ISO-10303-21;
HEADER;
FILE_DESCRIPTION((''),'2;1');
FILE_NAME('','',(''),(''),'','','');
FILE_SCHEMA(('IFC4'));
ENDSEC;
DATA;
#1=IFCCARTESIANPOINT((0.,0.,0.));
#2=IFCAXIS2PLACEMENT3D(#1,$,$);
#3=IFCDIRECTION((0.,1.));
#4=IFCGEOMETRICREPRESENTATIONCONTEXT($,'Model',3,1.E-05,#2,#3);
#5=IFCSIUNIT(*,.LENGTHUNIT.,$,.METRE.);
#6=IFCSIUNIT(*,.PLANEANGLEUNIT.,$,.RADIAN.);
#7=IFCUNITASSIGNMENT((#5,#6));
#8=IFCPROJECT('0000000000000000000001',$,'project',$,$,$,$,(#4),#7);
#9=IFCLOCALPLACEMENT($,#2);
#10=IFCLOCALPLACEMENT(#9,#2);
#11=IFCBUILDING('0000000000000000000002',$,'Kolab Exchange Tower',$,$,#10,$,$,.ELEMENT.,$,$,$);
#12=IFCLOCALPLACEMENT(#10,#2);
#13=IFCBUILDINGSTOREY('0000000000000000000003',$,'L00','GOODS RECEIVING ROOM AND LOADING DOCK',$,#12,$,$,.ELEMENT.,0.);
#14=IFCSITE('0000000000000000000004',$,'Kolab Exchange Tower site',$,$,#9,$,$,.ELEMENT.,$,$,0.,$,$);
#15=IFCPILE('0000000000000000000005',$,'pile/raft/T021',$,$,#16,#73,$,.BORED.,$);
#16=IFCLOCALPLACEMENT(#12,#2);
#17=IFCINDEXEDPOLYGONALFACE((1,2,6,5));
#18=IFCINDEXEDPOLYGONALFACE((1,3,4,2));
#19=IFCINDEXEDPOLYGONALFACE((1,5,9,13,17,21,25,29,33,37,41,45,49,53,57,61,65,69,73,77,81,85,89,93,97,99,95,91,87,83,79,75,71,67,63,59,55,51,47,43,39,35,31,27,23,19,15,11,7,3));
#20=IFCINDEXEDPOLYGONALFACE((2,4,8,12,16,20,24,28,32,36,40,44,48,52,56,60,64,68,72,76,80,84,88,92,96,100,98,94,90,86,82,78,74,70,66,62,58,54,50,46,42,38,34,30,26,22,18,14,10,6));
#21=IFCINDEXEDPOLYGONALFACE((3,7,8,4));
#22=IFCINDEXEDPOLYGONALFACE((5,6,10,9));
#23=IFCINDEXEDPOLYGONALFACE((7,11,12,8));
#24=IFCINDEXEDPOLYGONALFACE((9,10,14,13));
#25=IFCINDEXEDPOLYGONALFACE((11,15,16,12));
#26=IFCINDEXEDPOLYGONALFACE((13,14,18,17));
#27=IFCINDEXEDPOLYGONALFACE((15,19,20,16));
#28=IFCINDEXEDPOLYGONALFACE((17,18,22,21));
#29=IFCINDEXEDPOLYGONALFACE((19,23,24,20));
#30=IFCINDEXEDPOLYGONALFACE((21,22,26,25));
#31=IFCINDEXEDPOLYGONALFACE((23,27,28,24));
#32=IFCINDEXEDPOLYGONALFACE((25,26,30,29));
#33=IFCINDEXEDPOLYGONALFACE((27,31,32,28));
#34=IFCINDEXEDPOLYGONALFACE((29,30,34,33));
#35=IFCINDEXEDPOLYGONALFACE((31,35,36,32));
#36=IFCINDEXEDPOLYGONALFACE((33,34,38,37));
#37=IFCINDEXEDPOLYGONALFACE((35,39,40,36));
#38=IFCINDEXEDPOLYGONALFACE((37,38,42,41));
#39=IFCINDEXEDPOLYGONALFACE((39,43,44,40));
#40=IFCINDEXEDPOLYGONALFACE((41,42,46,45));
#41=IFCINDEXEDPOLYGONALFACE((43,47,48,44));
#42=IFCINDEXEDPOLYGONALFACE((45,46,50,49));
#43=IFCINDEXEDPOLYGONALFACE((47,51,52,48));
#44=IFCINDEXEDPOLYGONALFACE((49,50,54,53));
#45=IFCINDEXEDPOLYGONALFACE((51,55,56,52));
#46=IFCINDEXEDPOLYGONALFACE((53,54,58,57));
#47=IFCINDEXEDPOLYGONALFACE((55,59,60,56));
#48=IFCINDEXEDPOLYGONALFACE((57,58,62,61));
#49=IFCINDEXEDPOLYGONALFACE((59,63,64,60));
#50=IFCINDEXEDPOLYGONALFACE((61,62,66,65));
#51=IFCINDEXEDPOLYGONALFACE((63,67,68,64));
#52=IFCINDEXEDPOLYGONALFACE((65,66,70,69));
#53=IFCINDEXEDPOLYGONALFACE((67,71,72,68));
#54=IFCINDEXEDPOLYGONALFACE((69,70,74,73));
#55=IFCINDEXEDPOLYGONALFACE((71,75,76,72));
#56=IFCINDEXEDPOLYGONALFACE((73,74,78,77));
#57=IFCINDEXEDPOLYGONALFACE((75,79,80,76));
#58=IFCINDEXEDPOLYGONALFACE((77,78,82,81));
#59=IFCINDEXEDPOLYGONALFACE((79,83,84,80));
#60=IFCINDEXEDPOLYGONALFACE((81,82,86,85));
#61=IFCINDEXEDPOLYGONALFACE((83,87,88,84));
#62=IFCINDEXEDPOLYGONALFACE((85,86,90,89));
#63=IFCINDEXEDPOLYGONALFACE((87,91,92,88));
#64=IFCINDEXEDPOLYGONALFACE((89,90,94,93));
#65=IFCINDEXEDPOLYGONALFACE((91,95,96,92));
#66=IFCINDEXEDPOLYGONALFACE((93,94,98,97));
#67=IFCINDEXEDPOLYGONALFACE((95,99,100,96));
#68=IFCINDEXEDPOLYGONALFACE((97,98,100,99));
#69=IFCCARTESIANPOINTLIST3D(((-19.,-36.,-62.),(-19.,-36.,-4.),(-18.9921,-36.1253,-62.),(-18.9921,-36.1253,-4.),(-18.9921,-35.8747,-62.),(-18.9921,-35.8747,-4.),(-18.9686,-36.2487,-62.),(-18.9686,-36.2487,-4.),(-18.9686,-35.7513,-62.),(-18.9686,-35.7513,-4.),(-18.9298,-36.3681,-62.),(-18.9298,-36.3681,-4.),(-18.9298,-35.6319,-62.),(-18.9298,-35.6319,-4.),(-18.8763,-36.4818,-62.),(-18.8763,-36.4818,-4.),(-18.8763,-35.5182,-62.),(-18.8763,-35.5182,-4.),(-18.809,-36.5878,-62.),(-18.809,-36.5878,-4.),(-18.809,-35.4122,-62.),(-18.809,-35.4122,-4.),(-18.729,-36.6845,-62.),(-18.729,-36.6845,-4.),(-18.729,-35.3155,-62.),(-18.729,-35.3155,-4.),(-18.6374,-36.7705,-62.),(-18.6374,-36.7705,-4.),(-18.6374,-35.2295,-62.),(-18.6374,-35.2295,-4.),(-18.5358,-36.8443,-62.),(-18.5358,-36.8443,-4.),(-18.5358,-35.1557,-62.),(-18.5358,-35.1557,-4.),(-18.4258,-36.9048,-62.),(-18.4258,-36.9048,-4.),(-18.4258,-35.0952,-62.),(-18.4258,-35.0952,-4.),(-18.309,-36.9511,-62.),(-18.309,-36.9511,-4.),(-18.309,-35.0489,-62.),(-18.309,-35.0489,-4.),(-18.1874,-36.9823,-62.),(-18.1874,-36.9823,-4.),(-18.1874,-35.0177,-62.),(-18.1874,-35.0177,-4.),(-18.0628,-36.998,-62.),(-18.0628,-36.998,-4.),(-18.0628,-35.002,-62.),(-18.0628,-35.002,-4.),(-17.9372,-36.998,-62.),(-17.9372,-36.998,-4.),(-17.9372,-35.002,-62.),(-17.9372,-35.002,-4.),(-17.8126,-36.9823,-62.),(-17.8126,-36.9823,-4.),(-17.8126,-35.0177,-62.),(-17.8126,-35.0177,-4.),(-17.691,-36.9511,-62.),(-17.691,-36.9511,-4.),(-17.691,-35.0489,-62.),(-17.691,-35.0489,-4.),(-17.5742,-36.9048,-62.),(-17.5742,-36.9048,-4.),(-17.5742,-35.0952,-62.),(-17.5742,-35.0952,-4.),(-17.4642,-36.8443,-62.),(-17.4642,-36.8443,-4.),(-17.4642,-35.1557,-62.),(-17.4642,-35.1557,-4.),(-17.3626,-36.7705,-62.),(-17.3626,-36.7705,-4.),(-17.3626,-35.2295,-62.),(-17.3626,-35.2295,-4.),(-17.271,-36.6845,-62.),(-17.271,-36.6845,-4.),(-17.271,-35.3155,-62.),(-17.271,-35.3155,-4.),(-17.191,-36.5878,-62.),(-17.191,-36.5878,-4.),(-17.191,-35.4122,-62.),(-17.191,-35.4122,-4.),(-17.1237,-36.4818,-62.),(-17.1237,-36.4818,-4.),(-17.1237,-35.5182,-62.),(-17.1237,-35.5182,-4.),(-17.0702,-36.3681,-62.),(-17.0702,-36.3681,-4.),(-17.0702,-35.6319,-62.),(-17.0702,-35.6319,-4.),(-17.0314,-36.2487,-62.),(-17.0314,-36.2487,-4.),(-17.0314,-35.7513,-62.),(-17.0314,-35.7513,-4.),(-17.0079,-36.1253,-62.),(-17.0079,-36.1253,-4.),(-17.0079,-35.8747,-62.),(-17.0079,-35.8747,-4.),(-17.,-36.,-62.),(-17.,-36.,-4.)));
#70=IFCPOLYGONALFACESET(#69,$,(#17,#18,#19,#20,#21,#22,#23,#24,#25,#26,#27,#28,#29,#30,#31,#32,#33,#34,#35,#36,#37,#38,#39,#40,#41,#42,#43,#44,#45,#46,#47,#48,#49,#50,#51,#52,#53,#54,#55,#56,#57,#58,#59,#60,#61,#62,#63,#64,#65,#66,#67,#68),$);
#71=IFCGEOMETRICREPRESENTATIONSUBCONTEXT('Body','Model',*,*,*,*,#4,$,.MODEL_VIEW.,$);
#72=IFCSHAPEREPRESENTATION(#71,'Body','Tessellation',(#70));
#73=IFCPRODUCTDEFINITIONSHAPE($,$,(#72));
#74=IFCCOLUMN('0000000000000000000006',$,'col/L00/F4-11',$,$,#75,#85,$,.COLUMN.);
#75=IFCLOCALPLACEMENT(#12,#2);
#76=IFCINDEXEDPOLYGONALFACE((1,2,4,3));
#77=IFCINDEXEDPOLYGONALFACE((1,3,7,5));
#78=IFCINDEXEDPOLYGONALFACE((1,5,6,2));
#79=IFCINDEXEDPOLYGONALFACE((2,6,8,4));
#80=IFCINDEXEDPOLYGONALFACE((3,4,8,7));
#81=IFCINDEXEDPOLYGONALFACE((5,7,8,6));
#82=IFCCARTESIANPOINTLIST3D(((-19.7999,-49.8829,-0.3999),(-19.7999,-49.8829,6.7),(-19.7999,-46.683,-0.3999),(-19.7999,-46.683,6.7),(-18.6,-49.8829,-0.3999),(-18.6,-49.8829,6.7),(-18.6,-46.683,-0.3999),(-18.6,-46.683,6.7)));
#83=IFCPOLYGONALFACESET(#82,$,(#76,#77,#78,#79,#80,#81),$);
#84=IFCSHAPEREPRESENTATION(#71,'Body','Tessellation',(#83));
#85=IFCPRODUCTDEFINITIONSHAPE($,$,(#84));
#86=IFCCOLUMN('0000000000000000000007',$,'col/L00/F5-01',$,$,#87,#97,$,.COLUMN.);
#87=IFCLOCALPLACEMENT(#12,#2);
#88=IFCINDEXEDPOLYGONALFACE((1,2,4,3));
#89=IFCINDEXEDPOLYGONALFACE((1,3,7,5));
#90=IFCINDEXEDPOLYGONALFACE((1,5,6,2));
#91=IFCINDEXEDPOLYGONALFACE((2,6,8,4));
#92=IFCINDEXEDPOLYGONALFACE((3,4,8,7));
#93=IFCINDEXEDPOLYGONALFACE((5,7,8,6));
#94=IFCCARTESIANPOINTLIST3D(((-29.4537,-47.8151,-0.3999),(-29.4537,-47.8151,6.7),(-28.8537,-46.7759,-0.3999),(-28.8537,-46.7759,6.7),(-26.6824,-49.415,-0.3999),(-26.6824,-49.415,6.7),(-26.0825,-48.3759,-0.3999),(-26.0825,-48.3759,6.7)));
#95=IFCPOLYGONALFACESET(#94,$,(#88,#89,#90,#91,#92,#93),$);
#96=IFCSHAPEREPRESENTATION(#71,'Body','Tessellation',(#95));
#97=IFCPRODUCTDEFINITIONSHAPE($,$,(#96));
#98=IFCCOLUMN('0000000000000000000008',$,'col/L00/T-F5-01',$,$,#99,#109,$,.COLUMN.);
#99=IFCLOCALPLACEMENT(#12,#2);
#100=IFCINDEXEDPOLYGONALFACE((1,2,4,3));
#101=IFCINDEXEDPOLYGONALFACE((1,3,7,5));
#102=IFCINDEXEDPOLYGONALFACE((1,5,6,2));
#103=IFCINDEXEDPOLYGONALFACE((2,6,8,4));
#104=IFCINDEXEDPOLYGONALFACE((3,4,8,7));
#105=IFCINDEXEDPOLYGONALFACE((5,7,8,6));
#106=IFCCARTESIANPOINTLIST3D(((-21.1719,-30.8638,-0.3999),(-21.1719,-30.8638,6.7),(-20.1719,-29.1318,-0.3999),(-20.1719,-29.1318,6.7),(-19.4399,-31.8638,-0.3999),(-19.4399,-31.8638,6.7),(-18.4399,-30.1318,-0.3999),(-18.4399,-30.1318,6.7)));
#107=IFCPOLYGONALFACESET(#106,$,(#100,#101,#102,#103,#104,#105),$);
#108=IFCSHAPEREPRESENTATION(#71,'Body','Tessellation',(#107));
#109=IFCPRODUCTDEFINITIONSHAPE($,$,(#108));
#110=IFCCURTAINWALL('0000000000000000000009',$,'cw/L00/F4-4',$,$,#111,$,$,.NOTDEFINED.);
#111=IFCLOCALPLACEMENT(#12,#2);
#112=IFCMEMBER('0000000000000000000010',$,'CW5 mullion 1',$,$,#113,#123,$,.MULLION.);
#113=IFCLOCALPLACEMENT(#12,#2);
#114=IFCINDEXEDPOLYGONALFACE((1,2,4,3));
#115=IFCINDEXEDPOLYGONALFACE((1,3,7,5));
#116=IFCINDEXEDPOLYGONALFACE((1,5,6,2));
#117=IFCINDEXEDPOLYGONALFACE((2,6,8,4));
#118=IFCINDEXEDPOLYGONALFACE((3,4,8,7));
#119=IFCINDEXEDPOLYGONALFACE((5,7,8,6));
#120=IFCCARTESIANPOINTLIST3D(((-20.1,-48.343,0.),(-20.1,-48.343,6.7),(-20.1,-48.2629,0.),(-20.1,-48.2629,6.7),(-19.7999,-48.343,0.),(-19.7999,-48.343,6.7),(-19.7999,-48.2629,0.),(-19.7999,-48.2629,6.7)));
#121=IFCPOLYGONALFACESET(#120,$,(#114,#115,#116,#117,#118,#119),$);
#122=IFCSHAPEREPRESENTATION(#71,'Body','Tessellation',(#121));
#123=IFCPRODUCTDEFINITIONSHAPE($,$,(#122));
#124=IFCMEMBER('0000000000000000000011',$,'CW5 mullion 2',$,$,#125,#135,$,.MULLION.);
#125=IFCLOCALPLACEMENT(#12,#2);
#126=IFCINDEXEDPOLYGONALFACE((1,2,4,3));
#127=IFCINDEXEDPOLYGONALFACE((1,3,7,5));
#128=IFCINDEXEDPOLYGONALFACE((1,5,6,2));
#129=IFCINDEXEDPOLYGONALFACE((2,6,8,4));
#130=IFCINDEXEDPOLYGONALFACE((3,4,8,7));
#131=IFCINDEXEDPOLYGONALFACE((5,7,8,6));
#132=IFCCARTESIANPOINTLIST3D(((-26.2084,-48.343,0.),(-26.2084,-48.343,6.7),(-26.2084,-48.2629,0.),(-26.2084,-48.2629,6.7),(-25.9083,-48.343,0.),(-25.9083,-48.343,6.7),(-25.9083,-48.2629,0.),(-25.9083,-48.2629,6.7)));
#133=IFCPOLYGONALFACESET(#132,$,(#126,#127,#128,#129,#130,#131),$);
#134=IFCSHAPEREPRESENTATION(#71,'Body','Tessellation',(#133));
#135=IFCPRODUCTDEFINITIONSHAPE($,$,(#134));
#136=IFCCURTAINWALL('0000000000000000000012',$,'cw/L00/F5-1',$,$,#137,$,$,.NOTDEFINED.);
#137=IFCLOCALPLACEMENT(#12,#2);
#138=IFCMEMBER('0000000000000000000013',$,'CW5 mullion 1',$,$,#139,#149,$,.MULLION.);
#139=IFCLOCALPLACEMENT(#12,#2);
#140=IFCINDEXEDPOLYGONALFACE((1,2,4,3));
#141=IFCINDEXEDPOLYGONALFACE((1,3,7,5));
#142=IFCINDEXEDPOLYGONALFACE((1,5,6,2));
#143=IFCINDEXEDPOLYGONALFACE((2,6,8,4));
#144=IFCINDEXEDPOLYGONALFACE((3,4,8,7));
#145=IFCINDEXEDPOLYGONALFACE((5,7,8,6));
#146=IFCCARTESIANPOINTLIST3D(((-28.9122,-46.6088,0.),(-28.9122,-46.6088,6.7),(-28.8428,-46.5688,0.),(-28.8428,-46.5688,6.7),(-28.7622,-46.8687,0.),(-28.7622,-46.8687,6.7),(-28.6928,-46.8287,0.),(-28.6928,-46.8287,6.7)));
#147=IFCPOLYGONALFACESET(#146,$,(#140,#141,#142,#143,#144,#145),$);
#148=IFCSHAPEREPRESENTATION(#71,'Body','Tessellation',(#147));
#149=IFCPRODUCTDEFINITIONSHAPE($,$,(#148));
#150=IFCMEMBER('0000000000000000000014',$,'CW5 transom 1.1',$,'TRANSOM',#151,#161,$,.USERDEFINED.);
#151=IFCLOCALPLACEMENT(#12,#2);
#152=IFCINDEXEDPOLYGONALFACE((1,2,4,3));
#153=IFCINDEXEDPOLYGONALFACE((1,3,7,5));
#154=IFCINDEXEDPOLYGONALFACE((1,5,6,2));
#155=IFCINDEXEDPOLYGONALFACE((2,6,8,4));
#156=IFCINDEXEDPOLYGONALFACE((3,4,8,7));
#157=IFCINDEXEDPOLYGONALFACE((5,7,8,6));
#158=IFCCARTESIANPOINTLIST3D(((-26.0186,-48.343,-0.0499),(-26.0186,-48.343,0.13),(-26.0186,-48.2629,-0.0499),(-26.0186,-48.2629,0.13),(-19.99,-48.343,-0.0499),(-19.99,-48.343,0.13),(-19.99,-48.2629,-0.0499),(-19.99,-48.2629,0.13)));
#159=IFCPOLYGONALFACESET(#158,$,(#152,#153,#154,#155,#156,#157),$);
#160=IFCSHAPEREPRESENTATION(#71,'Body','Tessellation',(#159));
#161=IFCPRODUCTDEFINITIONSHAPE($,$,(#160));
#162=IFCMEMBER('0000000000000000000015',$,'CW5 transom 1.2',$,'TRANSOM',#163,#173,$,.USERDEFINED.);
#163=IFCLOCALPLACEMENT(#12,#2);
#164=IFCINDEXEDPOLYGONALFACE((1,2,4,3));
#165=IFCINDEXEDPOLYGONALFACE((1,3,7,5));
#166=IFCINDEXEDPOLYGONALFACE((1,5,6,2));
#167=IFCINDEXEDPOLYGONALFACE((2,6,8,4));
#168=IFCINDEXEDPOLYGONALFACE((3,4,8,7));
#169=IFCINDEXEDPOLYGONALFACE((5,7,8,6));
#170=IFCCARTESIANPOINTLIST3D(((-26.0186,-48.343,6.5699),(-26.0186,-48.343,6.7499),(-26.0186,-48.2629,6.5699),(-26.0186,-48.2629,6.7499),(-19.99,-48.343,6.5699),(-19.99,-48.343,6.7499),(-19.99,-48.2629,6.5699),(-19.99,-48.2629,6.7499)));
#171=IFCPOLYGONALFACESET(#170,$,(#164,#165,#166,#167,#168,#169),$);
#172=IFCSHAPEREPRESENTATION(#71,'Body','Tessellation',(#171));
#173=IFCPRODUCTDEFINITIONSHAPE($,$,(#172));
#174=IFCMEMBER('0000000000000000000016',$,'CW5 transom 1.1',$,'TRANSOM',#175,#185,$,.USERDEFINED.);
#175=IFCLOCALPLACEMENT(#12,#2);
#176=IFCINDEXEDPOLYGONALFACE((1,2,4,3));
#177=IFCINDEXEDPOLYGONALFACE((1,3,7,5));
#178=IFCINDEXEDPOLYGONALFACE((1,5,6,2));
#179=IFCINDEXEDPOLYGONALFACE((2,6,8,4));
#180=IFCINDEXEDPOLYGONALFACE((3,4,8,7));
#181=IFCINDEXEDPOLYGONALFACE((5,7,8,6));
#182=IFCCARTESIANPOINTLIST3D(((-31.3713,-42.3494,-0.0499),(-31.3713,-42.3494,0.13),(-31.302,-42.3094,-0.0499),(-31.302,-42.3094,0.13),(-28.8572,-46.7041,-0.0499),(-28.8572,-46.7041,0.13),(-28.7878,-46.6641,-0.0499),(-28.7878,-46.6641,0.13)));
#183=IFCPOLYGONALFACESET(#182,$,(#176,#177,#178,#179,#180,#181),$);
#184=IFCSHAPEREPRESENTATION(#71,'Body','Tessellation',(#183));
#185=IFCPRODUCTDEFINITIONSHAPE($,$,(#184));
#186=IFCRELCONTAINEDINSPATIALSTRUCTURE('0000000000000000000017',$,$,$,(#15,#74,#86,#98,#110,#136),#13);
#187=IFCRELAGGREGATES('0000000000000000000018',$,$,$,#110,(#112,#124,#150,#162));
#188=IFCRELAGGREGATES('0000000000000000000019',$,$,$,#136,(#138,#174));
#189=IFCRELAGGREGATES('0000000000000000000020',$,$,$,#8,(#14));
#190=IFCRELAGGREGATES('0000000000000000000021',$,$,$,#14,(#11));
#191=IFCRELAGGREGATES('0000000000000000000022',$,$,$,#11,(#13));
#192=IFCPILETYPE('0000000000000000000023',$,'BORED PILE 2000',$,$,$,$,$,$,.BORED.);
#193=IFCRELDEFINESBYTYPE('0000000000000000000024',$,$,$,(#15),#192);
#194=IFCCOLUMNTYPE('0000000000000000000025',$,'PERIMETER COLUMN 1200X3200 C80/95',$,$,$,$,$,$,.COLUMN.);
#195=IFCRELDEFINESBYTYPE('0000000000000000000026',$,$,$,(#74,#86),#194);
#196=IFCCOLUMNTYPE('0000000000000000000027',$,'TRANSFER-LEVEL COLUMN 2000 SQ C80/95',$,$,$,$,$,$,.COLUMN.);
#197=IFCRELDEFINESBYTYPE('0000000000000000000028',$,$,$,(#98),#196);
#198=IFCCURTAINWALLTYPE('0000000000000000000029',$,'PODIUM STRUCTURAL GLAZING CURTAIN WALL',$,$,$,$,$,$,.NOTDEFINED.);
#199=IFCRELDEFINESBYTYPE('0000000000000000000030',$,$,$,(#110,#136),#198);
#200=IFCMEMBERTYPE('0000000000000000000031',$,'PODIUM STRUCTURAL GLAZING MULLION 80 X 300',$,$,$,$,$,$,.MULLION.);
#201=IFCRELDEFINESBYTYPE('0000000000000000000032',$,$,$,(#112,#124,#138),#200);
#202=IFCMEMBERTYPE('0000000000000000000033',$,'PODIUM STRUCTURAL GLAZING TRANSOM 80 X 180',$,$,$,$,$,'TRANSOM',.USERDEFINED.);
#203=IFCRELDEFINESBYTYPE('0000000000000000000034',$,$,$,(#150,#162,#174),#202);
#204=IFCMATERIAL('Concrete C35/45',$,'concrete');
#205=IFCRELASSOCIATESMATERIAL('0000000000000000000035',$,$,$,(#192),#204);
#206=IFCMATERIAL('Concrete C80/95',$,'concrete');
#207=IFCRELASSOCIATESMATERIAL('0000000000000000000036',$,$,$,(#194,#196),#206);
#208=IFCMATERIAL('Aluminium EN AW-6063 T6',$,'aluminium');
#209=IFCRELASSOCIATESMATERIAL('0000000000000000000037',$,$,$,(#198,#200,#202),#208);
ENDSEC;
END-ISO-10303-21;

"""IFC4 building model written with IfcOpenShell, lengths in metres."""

from ifc_helpers import new_model, si_unit, direction, frame, origin, origin_2d, place, context, subcontext, project, spatial, rectangle, circle, extrude, material, material_profile, profile_set, type_object, element, aggregate, save


model = new_model("IFC4")

# Units and contexts
model_context = context("Model", 3, precision=1e-05, world=origin(), true_north=direction((0.0, 1.0)))
body_context = subcontext(model_context, "Body", "Model", "MODEL_VIEW")
ifc_project = project(units=[si_unit("LENGTHUNIT", "METRE"), si_unit("PLANEANGLEUNIT", "RADIAN")], contexts=[model_context])

# Site, building, storey
site_placement = place(None, origin())
site = spatial("IfcSite", under=ifc_project, at=site_placement, Name="Kolab Exchange Tower site", CompositionType="ELEMENT", RefElevation=0.0)
building_placement = place(site_placement, origin())
building = spatial("IfcBuilding", under=site, at=building_placement, Name="Kolab Exchange Tower", CompositionType="ELEMENT")
storey_placement = place(building_placement, origin())
storey = spatial("IfcBuildingStorey", under=building, at=storey_placement, Name="L00", Description="GOODS RECEIVING ROOM AND LOADING DOCK", CompositionType="ELEMENT", Elevation=0.0)

# Pile
ifc_material_1 = material(Name="Concrete C35/45", Category="concrete")
ifc_material_profile_1 = material_profile(ifc_material_1, circle(Radius=1.0, at=origin_2d()), Name="BP2000")
ifc_profile_set_1 = profile_set([ifc_material_profile_1], Name="Concrete C35/45")
pile_type_1 = type_object("IfcPileType", Name="BORED PILE 2000", PredefinedType="BORED", material=ifc_profile_set_1)
for number, where, z_axis, x_axis, name in (
    (1, (-18.0, -36.0, -4.0), (0.0, 0.0, -1.0), (1.0, 0.0, 0.0), "pile/raft/T021"),
):
    element("IfcPile", number, at=place(storey_placement, frame(where, z_axis=z_axis, x_axis=x_axis)), inside=storey, type_object=pile_type_1, Name=name, PredefinedType="BORED", context=body_context, shape_type="SweptSolid", body=[
        extrude(circle(Radius=1.0, at=origin_2d()), origin(), (0.0, 0.0, 1.0), 58.0),
    ])

# Columns
ifc_material_2 = material(Name="Concrete C80/95", Category="concrete")
ifc_material_profile_2 = material_profile(ifc_material_2, rectangle(XDim=1.2, YDim=3.2, at=origin_2d()), Name="RC1200X3200")
ifc_profile_set_2 = profile_set([ifc_material_profile_2], Name="Concrete C80/95")
column_type_1 = type_object("IfcColumnType", Name="PERIMETER COLUMN 1200X3200 C80/95", PredefinedType="COLUMN", material=ifc_profile_set_2)
for number, where, z_axis, x_axis, name in (
    (2, (-19.2, -48.283, -0.3999), (0.0, 0.0, 1.0), (1.0, 0.0, 0.0), "col/L00/F4-11"),
    (3, (-27.7681, -48.0955, -0.3999), (0.0, 0.0, 1.0), (0.5, 0.866025, 0.0), "col/L00/F5-01"),
):
    element("IfcColumn", number, at=place(storey_placement, frame(where, z_axis=z_axis, x_axis=x_axis)), inside=storey, type_object=column_type_1, Name=name, PredefinedType="COLUMN", context=body_context, shape_type="SweptSolid", body=[
        extrude(rectangle(XDim=1.2, YDim=3.2, at=origin_2d()), origin(), (0.0, 0.0, 1.0), 7.0999),
    ])
ifc_material_profile_3 = material_profile(ifc_material_2, rectangle(XDim=2.0, YDim=2.0, at=origin_2d()), Name="RC2000")
ifc_profile_set_3 = profile_set([ifc_material_profile_3], Name="Concrete C80/95")
column_type_2 = type_object("IfcColumnType", Name="TRANSFER-LEVEL COLUMN 2000 SQ C80/95", PredefinedType="COLUMN", material=ifc_profile_set_3)
column_placement = place(storey_placement, frame((-19.8059, -30.4978, -0.3999), z_axis=(0.0, 0.0, 1.0), x_axis=(0.5, 0.866025, 0.0)))
element("IfcColumn", 4, at=column_placement, inside=storey, type_object=column_type_2, Name="col/L00/T-F5-01", PredefinedType="COLUMN", context=body_context, shape_type="SweptSolid", body=[
    extrude(rectangle(XDim=2.0, YDim=2.0, at=origin_2d()), origin(), (0.0, 0.0, 1.0), 7.0999),
])

# Curtain wall, members
ifc_material_3 = material(Name="Aluminium EN AW-6063 T6", Category="aluminium")
curtain_wall_type = type_object("IfcCurtainWallType", Name="PODIUM STRUCTURAL GLAZING CURTAIN WALL", PredefinedType="NOTDEFINED", material=ifc_material_3)
curtain_wall_1_placement = place(storey_placement, origin())
curtain_wall_1 = element("IfcCurtainWall", 5, at=curtain_wall_1_placement, inside=storey, type_object=curtain_wall_type, Name="cw/L00/F4-4", PredefinedType="NOTDEFINED")
ifc_material_profile_4 = material_profile(ifc_material_3, rectangle(XDim=0.0801, YDim=0.3, at=origin_2d()), Name="RECT 80X300")
ifc_profile_set_4 = profile_set([ifc_material_profile_4], Name="Aluminium EN AW-6063 T6")
member_type_1 = type_object("IfcMemberType", Name="PODIUM STRUCTURAL GLAZING MULLION 80 X 300", PredefinedType="MULLION", material=ifc_profile_set_4)
member_1_placement = place(storey_placement, frame((-19.95, -48.303, 0.0), z_axis=(0.0, 0.0, 1.0), x_axis=(0.0, -1.0, 0.0)))
member_1 = element("IfcMember", 6, at=member_1_placement, type_object=member_type_1, Name="CW5 mullion 1", PredefinedType="MULLION", context=body_context, shape_type="SweptSolid", body=[
    extrude(rectangle(XDim=0.0801, YDim=0.3, at=origin_2d()), origin(), (0.0, 0.0, 1.0), 6.7),
])
member_2_placement = place(storey_placement, frame((-26.0583, -48.303, 0.0), z_axis=(0.0, 0.0, 1.0), x_axis=(0.0, -1.0, 0.0)))
member_2 = element("IfcMember", 7, at=member_2_placement, type_object=member_type_1, Name="CW5 mullion 2", PredefinedType="MULLION", context=body_context, shape_type="SweptSolid", body=[
    extrude(rectangle(XDim=0.0801, YDim=0.3, at=origin_2d()), origin(), (0.0, 0.0, 1.0), 6.7),
])

# Curtain wall, member
curtain_wall_2_placement = place(storey_placement, origin())
curtain_wall_2 = element("IfcCurtainWall", 8, at=curtain_wall_2_placement, inside=storey, type_object=curtain_wall_type, Name="cw/L00/F5-1", PredefinedType="NOTDEFINED")
member_3_placement = place(storey_placement, frame((-28.8025, -46.7188, 0.0), z_axis=(0.0, 0.0, 1.0), x_axis=(-0.866025, -0.5, 0.0)))
member_3 = element("IfcMember", 9, at=member_3_placement, type_object=member_type_1, Name="CW5 mullion 1", PredefinedType="MULLION", context=body_context, shape_type="SweptSolid", body=[
    extrude(rectangle(XDim=0.0801, YDim=0.3, at=origin_2d()), origin(), (0.0, 0.0, 1.0), 6.7),
])

# Members
ifc_material_profile_5 = material_profile(ifc_material_3, rectangle(XDim=0.0801, YDim=0.1799, at=origin_2d()), Name="RECT 80X180")
ifc_profile_set_5 = profile_set([ifc_material_profile_5], Name="Aluminium EN AW-6063 T6")
member_type_2 = type_object("IfcMemberType", Name="PODIUM STRUCTURAL GLAZING TRANSOM 80 X 180", ElementType="TRANSOM", PredefinedType="USERDEFINED", material=ifc_profile_set_5)
member_4_placement = place(storey_placement, frame((-19.99, -48.303, 0.04), z_axis=(-1.0, 0.0, 0.0), x_axis=(0.0, -1.0, 0.0)))
member_4 = element("IfcMember", 10, at=member_4_placement, type_object=member_type_2, Name="CW5 transom 1.1", ObjectType="TRANSOM", PredefinedType="USERDEFINED", context=body_context, shape_type="SweptSolid", body=[
    extrude(rectangle(XDim=0.0801, YDim=0.1799, at=origin_2d()), origin(), (0.0, 0.0, 1.0), 6.0286),
])
member_5_placement = place(storey_placement, frame((-19.99, -48.303, 6.6599), z_axis=(-1.0, 0.0, 0.0), x_axis=(0.0, -1.0, 0.0)))
member_5 = element("IfcMember", 11, at=member_5_placement, type_object=member_type_2, Name="CW5 transom 1.2", ObjectType="TRANSOM", PredefinedType="USERDEFINED", context=body_context, shape_type="SweptSolid", body=[
    extrude(rectangle(XDim=0.0801, YDim=0.1799, at=origin_2d()), origin(), (0.0, 0.0, 1.0), 6.0286),
])
member_6_placement = place(storey_placement, frame((-28.8225, -46.6841, 0.04), z_axis=(-0.499993, 0.86603, 0.0), x_axis=(-0.86603, -0.499993, 0.0)))
member_6 = element("IfcMember", 12, at=member_6_placement, type_object=member_type_2, Name="CW5 transom 1.1", ObjectType="TRANSOM", PredefinedType="USERDEFINED", context=body_context, shape_type="SweptSolid", body=[
    extrude(rectangle(XDim=0.0801, YDim=0.1799, at=origin_2d()), origin(), (0.0, 0.0, 1.0), 5.0283),
])

aggregate(curtain_wall_1, [member_1, member_2, member_4, member_5])
aggregate(curtain_wall_2, [member_3, member_6])

save(model, "model.ifc")
